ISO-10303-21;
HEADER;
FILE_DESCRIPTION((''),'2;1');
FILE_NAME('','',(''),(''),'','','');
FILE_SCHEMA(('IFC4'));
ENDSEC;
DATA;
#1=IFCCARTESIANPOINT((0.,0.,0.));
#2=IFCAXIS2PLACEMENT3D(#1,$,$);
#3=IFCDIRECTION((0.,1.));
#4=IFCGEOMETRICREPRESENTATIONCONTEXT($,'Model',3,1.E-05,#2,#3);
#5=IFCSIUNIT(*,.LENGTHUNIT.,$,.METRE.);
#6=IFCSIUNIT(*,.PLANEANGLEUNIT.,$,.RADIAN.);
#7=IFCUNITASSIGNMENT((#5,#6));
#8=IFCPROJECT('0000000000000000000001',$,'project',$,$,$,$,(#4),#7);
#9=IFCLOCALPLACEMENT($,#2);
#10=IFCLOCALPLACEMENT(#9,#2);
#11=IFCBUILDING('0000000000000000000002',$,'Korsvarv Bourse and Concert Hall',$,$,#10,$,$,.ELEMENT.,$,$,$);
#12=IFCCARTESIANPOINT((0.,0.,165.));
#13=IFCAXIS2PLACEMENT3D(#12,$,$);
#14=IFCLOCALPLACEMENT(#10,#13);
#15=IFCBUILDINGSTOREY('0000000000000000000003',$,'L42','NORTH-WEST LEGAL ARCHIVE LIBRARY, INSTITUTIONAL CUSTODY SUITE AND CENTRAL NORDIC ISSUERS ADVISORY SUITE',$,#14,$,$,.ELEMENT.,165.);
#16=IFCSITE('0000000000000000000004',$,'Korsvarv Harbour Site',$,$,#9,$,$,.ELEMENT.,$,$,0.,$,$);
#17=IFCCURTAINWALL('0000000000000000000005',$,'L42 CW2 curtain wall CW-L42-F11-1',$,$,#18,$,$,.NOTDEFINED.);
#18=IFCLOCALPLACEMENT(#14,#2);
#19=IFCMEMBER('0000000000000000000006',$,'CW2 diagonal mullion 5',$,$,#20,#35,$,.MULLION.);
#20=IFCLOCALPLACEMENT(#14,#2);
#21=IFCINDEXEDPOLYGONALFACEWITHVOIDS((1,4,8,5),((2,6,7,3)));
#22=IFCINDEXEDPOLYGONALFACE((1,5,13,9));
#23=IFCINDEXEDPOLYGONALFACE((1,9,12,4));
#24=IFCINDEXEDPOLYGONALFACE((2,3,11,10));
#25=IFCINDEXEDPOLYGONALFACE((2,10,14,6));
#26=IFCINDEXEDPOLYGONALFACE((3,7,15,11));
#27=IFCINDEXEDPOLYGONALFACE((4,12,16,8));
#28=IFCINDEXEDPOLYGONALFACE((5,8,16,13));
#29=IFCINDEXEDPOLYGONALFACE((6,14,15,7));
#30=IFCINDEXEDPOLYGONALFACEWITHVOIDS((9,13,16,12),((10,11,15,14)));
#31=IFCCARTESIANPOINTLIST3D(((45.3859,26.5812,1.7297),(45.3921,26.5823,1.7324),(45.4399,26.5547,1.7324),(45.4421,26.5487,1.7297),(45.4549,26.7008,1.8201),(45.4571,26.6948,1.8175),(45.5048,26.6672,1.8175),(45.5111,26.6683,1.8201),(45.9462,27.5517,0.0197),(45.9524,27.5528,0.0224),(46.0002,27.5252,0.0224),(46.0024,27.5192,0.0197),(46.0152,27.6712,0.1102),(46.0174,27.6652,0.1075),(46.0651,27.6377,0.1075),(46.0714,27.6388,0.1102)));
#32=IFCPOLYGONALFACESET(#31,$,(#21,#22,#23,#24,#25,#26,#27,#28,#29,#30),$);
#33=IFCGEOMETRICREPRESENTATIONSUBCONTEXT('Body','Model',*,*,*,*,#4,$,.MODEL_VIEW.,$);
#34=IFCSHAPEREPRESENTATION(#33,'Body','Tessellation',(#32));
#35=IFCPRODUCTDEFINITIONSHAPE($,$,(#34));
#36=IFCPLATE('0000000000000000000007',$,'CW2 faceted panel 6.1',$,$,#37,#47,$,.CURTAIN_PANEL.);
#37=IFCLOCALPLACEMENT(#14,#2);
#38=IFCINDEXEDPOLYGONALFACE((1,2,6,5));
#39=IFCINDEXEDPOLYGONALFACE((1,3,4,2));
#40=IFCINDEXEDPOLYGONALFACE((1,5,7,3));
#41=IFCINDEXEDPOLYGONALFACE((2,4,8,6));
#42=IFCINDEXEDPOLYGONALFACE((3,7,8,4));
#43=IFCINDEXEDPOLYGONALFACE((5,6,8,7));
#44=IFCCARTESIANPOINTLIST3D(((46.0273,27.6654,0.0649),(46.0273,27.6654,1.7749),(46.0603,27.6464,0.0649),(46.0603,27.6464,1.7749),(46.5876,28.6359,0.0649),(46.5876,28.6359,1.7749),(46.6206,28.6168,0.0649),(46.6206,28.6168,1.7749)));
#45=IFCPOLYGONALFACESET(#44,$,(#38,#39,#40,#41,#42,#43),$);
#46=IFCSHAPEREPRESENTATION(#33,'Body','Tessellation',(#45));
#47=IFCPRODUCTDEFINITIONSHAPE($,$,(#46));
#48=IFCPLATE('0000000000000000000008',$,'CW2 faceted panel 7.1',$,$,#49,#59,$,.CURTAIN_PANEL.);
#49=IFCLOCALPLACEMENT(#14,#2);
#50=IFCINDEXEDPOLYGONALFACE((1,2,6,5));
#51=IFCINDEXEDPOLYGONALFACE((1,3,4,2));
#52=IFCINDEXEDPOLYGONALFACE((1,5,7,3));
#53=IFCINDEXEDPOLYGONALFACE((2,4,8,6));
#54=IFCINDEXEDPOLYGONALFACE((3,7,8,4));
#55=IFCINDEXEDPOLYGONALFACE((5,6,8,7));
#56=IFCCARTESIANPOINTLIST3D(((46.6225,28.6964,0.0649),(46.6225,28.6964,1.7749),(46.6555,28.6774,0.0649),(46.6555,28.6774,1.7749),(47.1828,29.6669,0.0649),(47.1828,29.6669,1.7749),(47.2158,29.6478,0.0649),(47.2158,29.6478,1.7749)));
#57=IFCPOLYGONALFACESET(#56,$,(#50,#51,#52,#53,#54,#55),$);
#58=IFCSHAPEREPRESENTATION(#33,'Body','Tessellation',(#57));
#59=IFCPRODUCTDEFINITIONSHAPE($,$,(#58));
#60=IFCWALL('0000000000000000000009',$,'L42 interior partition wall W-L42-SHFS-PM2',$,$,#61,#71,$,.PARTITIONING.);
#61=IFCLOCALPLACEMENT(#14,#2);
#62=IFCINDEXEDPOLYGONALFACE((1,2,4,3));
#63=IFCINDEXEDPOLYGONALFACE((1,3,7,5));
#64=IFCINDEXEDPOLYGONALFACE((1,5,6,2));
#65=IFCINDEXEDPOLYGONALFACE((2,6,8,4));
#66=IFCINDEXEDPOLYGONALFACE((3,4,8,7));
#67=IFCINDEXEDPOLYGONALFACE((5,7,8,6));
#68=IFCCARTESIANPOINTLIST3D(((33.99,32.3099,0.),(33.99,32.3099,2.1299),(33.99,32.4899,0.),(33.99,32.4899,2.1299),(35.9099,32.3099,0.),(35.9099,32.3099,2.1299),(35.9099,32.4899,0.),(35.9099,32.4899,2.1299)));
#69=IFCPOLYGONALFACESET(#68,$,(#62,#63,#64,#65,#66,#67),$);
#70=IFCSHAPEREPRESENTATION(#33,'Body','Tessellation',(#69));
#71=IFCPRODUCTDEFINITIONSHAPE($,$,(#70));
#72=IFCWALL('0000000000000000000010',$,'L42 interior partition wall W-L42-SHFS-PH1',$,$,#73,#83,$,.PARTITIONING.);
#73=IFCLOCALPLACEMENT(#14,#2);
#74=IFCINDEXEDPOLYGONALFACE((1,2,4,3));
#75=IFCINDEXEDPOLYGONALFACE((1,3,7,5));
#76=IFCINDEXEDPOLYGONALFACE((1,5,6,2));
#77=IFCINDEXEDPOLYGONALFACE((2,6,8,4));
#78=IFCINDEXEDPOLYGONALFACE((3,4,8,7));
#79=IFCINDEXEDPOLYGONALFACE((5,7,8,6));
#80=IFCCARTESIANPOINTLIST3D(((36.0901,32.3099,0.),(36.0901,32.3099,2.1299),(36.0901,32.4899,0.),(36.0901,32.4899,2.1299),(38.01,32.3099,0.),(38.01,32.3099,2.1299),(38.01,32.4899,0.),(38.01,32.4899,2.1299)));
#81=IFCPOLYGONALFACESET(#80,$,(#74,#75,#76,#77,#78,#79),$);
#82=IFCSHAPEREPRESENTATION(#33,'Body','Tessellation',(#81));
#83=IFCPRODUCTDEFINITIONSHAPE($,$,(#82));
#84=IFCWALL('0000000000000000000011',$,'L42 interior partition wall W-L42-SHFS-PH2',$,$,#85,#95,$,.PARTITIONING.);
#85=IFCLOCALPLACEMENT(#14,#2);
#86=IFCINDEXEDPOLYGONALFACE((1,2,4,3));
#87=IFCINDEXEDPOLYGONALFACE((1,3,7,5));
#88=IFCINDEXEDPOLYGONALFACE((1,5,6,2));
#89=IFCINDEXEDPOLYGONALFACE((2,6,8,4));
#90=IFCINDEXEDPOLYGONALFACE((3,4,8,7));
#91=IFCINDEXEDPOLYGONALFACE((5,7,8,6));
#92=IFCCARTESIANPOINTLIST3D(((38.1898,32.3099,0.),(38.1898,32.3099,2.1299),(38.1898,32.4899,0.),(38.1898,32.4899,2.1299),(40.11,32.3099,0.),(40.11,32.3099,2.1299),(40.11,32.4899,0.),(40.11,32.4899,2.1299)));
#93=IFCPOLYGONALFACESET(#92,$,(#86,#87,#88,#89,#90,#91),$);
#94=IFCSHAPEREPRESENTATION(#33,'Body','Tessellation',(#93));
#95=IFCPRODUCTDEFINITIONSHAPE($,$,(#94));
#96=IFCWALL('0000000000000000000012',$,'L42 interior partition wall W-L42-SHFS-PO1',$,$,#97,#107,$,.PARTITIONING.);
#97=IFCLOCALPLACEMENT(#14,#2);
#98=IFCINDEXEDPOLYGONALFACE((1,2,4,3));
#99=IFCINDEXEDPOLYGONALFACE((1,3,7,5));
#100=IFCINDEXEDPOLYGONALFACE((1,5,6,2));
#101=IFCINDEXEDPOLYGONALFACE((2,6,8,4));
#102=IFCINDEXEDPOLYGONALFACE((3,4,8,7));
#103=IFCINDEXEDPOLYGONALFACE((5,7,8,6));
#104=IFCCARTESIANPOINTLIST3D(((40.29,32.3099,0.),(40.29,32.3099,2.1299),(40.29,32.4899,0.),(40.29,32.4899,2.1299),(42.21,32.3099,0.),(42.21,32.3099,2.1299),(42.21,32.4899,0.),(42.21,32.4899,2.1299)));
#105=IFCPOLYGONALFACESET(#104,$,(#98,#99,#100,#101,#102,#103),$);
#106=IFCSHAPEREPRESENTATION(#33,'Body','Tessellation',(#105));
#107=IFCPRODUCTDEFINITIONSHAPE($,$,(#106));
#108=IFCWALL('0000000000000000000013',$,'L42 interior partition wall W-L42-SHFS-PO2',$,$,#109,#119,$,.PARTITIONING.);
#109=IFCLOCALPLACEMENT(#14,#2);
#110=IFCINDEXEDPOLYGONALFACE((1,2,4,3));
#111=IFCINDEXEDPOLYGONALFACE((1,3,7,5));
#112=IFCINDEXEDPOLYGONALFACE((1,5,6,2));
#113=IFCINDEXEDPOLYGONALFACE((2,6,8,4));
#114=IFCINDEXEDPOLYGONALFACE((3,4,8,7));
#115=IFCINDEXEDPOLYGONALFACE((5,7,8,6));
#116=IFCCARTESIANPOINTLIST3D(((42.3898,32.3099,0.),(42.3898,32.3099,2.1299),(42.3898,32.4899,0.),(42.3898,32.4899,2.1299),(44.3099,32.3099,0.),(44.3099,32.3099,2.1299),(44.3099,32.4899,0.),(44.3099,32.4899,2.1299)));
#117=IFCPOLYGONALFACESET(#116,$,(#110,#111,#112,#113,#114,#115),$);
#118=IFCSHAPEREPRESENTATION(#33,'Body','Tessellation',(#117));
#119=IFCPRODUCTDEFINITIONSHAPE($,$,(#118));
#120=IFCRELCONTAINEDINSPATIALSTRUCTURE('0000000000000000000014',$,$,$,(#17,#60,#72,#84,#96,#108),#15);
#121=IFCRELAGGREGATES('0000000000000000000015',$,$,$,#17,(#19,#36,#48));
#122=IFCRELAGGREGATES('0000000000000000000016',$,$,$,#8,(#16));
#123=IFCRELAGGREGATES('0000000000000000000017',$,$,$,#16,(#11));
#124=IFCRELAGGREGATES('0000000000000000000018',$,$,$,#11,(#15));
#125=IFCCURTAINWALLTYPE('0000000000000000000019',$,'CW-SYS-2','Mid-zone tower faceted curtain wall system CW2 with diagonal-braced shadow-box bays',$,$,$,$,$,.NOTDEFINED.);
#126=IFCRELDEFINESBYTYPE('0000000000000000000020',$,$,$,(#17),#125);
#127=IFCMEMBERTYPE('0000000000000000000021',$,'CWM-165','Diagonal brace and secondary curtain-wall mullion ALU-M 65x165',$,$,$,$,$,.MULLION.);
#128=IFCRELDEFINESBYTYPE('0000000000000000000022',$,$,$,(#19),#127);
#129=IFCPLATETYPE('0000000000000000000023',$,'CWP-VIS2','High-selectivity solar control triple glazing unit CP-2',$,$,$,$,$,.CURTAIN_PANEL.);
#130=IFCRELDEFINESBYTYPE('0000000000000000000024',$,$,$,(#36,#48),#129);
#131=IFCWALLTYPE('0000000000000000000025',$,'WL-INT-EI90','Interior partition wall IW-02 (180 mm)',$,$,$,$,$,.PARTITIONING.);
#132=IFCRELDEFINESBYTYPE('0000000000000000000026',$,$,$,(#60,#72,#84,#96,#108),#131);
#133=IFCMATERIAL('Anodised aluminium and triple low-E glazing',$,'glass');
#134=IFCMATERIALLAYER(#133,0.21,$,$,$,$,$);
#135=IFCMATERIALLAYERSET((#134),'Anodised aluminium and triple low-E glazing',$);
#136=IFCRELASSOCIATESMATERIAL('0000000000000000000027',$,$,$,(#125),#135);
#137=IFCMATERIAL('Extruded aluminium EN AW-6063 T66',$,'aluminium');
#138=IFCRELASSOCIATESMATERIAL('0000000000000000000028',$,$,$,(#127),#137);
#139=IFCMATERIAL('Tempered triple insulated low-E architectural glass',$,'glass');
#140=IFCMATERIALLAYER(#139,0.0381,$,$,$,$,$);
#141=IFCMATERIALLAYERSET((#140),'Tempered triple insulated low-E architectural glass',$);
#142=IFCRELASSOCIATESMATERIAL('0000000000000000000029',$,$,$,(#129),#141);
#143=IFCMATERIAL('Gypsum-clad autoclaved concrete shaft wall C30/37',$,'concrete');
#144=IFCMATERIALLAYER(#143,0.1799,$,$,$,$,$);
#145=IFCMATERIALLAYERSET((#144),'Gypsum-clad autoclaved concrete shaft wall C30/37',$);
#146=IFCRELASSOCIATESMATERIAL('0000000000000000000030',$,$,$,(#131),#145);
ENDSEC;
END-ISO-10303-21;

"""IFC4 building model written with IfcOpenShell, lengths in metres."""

from ifc_helpers import new_model, si_unit, direction, frame, frame_2d, origin, origin_2d, place, context, subcontext, project, spatial, rectangle, hollow_rectangle, extrude, source, transform, mapped, material, layer, layer_set, material_profile, profile_set, type_object, element, aggregate, save


model = new_model("IFC4")

# Units and contexts
model_context = context("Model", 3, precision=1e-05, world=origin(), true_north=direction((0.0, 1.0)))
body_context = subcontext(model_context, "Body", "Model", "MODEL_VIEW")
ifc_project = project(units=[si_unit("LENGTHUNIT", "METRE"), si_unit("PLANEANGLEUNIT", "RADIAN")], contexts=[model_context])

# Site, building, storey
site_placement = place(None, origin())
site = spatial("IfcSite", under=ifc_project, at=site_placement, Name="Korsvarv Harbour Site", CompositionType="ELEMENT", RefElevation=0.0)
building_placement = place(site_placement, origin())
building = spatial("IfcBuilding", under=site, at=building_placement, Name="Korsvarv Bourse and Concert Hall", CompositionType="ELEMENT")
storey_placement = place(building_placement, frame((0.0, 0.0, 165.0)))
storey = spatial("IfcBuildingStorey", under=building, at=storey_placement, Name="L42", Description="NORTH-WEST LEGAL ARCHIVE LIBRARY, INSTITUTIONAL CUSTODY SUITE AND CENTRAL NORDIC ISSUERS ADVISORY SUITE", CompositionType="ELEMENT", Elevation=165.0)

# Curtain wall, member, plates
ifc_material_1 = material(Name="Anodised aluminium and triple low-E glazing", Category="glass")
ifc_layer_1 = layer(ifc_material_1, 0.21)
ifc_layer_set_1 = layer_set([ifc_layer_1], Name="Anodised aluminium and triple low-E glazing")
curtain_wall_type = type_object("IfcCurtainWallType", Name="CW-SYS-2", Description="Mid-zone tower faceted curtain wall system CW2 with diagonal-braced shadow-box bays", PredefinedType="NOTDEFINED", material=ifc_layer_set_1)
curtain_wall_placement = place(storey_placement, origin())
curtain_wall = element("IfcCurtainWall", 1, at=curtain_wall_placement, inside=storey, type_object=curtain_wall_type, Name="L42 CW2 curtain wall CW-L42-F11-1", PredefinedType="NOTDEFINED")
ifc_material_2 = material(Name="Extruded aluminium EN AW-6063 T66", Category="aluminium")
ifc_material_profile_1 = material_profile(ifc_material_2, hollow_rectangle(XDim=0.0649, YDim=0.165, WallThickness=0.0049, at=origin_2d()), Name="ALU-M 65x165")
ifc_profile_set_1 = profile_set([ifc_material_profile_1], Name="Extruded aluminium EN AW-6063 T66")
member_type_1 = type_object("IfcMemberType", Name="CWM-165", Description="Diagonal brace and secondary curtain-wall mullion ALU-M 65x165", PredefinedType="MULLION", material=ifc_profile_set_1)
shared_shape_1 = source(origin(), body_context, "Body", "SweptSolid", [
    extrude(hollow_rectangle(XDim=0.0649, YDim=0.165, WallThickness=0.0049, at=origin_2d()), origin(), (0.0, 0.0, 1.0), 2.0444),
])
member_1_placement = place(storey_placement, frame((46.0088, 27.5952, 0.0649), z_axis=(-0.274063, -0.474684, 0.8364), x_axis=(0.866022, -0.500005, 0.0)))
member_1 = element("IfcMember", 2, at=member_1_placement, type_object=member_type_1, Name="CW2 diagonal mullion 5", PredefinedType="MULLION", context=body_context, shape_type="MappedRepresentation", body=[
    mapped(shared_shape_1, transform((0.0, 0.0, 0.0), scale=1.0)),
])
ifc_material_3 = material(Name="Tempered triple insulated low-E architectural glass", Category="glass")
ifc_layer_2 = layer(ifc_material_3, 0.0381)
ifc_layer_set_2 = layer_set([ifc_layer_2], Name="Tempered triple insulated low-E architectural glass")
plate_type = type_object("IfcPlateType", Name="CWP-VIS2", Description="High-selectivity solar control triple glazing unit CP-2", PredefinedType="CURTAIN_PANEL", material=ifc_layer_set_2)
shared_shape_2 = source(origin(), body_context, "Body", "SweptSolid", [
    extrude(rectangle(XDim=1.1206, YDim=0.0381, at=origin_2d()), origin(), (0.0, 0.0, 1.0), 1.71),
])
plate_1_placement = place(storey_placement, frame((46.324, 28.1411, 0.0649), z_axis=(0.0, 0.0, 1.0), x_axis=(0.499998, 0.866026, 0.0)))
plate_1 = element("IfcPlate", 3, at=plate_1_placement, type_object=plate_type, Name="CW2 faceted panel 6.1", PredefinedType="CURTAIN_PANEL", context=body_context, shape_type="MappedRepresentation", body=[
    mapped(shared_shape_2, transform((0.0, 0.0, 0.0), scale=1.0)),
])
plate_2_placement = place(storey_placement, frame((46.9192, 29.1721, 0.0649), z_axis=(0.0, 0.0, 1.0), x_axis=(0.499998, 0.866026, 0.0)))
plate_2 = element("IfcPlate", 4, at=plate_2_placement, type_object=plate_type, Name="CW2 faceted panel 7.1", PredefinedType="CURTAIN_PANEL", context=body_context, shape_type="MappedRepresentation", body=[
    mapped(shared_shape_2, transform((0.0, 0.0, 0.0), scale=1.0)),
])
aggregate(curtain_wall, [member_1, plate_1, plate_2])

# Walls
ifc_material_4 = material(Name="Gypsum-clad autoclaved concrete shaft wall C30/37", Category="concrete")
ifc_layer_3 = layer(ifc_material_4, 0.1799)
ifc_layer_set_3 = layer_set([ifc_layer_3], Name="Gypsum-clad autoclaved concrete shaft wall C30/37")
wall_type = type_object("IfcWallType", Name="WL-INT-EI90", Description="Interior partition wall IW-02 (180 mm)", PredefinedType="PARTITIONING", material=ifc_layer_set_3)
for number, where, z_axis, x_axis, name in (
    (5, (33.99, 32.3999, 0.0), (0.0, 0.0, 1.0), (1.0, 0.0, 0.0), "L42 interior partition wall W-L42-SHFS-PM2"),
    (6, (36.0901, 32.3999, 0.0), (0.0, 0.0, 1.0), (1.0, 0.0, 0.0), "L42 interior partition wall W-L42-SHFS-PH1"),
):
    element("IfcWall", number, at=place(storey_placement, frame(where, z_axis=z_axis, x_axis=x_axis)), inside=storey, type_object=wall_type, Name=name, PredefinedType="PARTITIONING", context=body_context, shape_type="SweptSolid", body=[
        extrude(rectangle(XDim=1.9199, YDim=0.1799, at=frame_2d((0.96, 0.0))), origin(), (0.0, 0.0, 1.0), 2.1299),
    ])
wall_1_placement = place(storey_placement, frame((38.1899, 32.3999, 0.0), z_axis=(0.0, 0.0, 1.0), x_axis=(1.0, 0.0, 0.0)))
element("IfcWall", 7, at=wall_1_placement, inside=storey, type_object=wall_type, Name="L42 interior partition wall W-L42-SHFS-PH2", PredefinedType="PARTITIONING", context=body_context, shape_type="SweptSolid", body=[
    extrude(rectangle(XDim=1.9202, YDim=0.1799, at=frame_2d((0.96, 0.0))), origin(), (0.0, 0.0, 1.0), 2.1299),
])
wall_2_placement = place(storey_placement, frame((40.29, 32.3999, 0.0), z_axis=(0.0, 0.0, 1.0), x_axis=(1.0, 0.0, 0.0)))
element("IfcWall", 8, at=wall_2_placement, inside=storey, type_object=wall_type, Name="L42 interior partition wall W-L42-SHFS-PO1", PredefinedType="PARTITIONING", context=body_context, shape_type="SweptSolid", body=[
    extrude(rectangle(XDim=1.9199, YDim=0.1799, at=frame_2d((0.96, 0.0))), origin(), (0.0, 0.0, 1.0), 2.1299),
])
wall_3_placement = place(storey_placement, frame((42.3899, 32.3999, 0.0), z_axis=(0.0, 0.0, 1.0), x_axis=(1.0, 0.0, 0.0)))
element("IfcWall", 9, at=wall_3_placement, inside=storey, type_object=wall_type, Name="L42 interior partition wall W-L42-SHFS-PO2", PredefinedType="PARTITIONING", context=body_context, shape_type="SweptSolid", body=[
    extrude(rectangle(XDim=1.9202, YDim=0.1799, at=frame_2d((0.96, 0.0))), origin(), (0.0, 0.0, 1.0), 2.1299),
])

save(model, "model.ifc")
